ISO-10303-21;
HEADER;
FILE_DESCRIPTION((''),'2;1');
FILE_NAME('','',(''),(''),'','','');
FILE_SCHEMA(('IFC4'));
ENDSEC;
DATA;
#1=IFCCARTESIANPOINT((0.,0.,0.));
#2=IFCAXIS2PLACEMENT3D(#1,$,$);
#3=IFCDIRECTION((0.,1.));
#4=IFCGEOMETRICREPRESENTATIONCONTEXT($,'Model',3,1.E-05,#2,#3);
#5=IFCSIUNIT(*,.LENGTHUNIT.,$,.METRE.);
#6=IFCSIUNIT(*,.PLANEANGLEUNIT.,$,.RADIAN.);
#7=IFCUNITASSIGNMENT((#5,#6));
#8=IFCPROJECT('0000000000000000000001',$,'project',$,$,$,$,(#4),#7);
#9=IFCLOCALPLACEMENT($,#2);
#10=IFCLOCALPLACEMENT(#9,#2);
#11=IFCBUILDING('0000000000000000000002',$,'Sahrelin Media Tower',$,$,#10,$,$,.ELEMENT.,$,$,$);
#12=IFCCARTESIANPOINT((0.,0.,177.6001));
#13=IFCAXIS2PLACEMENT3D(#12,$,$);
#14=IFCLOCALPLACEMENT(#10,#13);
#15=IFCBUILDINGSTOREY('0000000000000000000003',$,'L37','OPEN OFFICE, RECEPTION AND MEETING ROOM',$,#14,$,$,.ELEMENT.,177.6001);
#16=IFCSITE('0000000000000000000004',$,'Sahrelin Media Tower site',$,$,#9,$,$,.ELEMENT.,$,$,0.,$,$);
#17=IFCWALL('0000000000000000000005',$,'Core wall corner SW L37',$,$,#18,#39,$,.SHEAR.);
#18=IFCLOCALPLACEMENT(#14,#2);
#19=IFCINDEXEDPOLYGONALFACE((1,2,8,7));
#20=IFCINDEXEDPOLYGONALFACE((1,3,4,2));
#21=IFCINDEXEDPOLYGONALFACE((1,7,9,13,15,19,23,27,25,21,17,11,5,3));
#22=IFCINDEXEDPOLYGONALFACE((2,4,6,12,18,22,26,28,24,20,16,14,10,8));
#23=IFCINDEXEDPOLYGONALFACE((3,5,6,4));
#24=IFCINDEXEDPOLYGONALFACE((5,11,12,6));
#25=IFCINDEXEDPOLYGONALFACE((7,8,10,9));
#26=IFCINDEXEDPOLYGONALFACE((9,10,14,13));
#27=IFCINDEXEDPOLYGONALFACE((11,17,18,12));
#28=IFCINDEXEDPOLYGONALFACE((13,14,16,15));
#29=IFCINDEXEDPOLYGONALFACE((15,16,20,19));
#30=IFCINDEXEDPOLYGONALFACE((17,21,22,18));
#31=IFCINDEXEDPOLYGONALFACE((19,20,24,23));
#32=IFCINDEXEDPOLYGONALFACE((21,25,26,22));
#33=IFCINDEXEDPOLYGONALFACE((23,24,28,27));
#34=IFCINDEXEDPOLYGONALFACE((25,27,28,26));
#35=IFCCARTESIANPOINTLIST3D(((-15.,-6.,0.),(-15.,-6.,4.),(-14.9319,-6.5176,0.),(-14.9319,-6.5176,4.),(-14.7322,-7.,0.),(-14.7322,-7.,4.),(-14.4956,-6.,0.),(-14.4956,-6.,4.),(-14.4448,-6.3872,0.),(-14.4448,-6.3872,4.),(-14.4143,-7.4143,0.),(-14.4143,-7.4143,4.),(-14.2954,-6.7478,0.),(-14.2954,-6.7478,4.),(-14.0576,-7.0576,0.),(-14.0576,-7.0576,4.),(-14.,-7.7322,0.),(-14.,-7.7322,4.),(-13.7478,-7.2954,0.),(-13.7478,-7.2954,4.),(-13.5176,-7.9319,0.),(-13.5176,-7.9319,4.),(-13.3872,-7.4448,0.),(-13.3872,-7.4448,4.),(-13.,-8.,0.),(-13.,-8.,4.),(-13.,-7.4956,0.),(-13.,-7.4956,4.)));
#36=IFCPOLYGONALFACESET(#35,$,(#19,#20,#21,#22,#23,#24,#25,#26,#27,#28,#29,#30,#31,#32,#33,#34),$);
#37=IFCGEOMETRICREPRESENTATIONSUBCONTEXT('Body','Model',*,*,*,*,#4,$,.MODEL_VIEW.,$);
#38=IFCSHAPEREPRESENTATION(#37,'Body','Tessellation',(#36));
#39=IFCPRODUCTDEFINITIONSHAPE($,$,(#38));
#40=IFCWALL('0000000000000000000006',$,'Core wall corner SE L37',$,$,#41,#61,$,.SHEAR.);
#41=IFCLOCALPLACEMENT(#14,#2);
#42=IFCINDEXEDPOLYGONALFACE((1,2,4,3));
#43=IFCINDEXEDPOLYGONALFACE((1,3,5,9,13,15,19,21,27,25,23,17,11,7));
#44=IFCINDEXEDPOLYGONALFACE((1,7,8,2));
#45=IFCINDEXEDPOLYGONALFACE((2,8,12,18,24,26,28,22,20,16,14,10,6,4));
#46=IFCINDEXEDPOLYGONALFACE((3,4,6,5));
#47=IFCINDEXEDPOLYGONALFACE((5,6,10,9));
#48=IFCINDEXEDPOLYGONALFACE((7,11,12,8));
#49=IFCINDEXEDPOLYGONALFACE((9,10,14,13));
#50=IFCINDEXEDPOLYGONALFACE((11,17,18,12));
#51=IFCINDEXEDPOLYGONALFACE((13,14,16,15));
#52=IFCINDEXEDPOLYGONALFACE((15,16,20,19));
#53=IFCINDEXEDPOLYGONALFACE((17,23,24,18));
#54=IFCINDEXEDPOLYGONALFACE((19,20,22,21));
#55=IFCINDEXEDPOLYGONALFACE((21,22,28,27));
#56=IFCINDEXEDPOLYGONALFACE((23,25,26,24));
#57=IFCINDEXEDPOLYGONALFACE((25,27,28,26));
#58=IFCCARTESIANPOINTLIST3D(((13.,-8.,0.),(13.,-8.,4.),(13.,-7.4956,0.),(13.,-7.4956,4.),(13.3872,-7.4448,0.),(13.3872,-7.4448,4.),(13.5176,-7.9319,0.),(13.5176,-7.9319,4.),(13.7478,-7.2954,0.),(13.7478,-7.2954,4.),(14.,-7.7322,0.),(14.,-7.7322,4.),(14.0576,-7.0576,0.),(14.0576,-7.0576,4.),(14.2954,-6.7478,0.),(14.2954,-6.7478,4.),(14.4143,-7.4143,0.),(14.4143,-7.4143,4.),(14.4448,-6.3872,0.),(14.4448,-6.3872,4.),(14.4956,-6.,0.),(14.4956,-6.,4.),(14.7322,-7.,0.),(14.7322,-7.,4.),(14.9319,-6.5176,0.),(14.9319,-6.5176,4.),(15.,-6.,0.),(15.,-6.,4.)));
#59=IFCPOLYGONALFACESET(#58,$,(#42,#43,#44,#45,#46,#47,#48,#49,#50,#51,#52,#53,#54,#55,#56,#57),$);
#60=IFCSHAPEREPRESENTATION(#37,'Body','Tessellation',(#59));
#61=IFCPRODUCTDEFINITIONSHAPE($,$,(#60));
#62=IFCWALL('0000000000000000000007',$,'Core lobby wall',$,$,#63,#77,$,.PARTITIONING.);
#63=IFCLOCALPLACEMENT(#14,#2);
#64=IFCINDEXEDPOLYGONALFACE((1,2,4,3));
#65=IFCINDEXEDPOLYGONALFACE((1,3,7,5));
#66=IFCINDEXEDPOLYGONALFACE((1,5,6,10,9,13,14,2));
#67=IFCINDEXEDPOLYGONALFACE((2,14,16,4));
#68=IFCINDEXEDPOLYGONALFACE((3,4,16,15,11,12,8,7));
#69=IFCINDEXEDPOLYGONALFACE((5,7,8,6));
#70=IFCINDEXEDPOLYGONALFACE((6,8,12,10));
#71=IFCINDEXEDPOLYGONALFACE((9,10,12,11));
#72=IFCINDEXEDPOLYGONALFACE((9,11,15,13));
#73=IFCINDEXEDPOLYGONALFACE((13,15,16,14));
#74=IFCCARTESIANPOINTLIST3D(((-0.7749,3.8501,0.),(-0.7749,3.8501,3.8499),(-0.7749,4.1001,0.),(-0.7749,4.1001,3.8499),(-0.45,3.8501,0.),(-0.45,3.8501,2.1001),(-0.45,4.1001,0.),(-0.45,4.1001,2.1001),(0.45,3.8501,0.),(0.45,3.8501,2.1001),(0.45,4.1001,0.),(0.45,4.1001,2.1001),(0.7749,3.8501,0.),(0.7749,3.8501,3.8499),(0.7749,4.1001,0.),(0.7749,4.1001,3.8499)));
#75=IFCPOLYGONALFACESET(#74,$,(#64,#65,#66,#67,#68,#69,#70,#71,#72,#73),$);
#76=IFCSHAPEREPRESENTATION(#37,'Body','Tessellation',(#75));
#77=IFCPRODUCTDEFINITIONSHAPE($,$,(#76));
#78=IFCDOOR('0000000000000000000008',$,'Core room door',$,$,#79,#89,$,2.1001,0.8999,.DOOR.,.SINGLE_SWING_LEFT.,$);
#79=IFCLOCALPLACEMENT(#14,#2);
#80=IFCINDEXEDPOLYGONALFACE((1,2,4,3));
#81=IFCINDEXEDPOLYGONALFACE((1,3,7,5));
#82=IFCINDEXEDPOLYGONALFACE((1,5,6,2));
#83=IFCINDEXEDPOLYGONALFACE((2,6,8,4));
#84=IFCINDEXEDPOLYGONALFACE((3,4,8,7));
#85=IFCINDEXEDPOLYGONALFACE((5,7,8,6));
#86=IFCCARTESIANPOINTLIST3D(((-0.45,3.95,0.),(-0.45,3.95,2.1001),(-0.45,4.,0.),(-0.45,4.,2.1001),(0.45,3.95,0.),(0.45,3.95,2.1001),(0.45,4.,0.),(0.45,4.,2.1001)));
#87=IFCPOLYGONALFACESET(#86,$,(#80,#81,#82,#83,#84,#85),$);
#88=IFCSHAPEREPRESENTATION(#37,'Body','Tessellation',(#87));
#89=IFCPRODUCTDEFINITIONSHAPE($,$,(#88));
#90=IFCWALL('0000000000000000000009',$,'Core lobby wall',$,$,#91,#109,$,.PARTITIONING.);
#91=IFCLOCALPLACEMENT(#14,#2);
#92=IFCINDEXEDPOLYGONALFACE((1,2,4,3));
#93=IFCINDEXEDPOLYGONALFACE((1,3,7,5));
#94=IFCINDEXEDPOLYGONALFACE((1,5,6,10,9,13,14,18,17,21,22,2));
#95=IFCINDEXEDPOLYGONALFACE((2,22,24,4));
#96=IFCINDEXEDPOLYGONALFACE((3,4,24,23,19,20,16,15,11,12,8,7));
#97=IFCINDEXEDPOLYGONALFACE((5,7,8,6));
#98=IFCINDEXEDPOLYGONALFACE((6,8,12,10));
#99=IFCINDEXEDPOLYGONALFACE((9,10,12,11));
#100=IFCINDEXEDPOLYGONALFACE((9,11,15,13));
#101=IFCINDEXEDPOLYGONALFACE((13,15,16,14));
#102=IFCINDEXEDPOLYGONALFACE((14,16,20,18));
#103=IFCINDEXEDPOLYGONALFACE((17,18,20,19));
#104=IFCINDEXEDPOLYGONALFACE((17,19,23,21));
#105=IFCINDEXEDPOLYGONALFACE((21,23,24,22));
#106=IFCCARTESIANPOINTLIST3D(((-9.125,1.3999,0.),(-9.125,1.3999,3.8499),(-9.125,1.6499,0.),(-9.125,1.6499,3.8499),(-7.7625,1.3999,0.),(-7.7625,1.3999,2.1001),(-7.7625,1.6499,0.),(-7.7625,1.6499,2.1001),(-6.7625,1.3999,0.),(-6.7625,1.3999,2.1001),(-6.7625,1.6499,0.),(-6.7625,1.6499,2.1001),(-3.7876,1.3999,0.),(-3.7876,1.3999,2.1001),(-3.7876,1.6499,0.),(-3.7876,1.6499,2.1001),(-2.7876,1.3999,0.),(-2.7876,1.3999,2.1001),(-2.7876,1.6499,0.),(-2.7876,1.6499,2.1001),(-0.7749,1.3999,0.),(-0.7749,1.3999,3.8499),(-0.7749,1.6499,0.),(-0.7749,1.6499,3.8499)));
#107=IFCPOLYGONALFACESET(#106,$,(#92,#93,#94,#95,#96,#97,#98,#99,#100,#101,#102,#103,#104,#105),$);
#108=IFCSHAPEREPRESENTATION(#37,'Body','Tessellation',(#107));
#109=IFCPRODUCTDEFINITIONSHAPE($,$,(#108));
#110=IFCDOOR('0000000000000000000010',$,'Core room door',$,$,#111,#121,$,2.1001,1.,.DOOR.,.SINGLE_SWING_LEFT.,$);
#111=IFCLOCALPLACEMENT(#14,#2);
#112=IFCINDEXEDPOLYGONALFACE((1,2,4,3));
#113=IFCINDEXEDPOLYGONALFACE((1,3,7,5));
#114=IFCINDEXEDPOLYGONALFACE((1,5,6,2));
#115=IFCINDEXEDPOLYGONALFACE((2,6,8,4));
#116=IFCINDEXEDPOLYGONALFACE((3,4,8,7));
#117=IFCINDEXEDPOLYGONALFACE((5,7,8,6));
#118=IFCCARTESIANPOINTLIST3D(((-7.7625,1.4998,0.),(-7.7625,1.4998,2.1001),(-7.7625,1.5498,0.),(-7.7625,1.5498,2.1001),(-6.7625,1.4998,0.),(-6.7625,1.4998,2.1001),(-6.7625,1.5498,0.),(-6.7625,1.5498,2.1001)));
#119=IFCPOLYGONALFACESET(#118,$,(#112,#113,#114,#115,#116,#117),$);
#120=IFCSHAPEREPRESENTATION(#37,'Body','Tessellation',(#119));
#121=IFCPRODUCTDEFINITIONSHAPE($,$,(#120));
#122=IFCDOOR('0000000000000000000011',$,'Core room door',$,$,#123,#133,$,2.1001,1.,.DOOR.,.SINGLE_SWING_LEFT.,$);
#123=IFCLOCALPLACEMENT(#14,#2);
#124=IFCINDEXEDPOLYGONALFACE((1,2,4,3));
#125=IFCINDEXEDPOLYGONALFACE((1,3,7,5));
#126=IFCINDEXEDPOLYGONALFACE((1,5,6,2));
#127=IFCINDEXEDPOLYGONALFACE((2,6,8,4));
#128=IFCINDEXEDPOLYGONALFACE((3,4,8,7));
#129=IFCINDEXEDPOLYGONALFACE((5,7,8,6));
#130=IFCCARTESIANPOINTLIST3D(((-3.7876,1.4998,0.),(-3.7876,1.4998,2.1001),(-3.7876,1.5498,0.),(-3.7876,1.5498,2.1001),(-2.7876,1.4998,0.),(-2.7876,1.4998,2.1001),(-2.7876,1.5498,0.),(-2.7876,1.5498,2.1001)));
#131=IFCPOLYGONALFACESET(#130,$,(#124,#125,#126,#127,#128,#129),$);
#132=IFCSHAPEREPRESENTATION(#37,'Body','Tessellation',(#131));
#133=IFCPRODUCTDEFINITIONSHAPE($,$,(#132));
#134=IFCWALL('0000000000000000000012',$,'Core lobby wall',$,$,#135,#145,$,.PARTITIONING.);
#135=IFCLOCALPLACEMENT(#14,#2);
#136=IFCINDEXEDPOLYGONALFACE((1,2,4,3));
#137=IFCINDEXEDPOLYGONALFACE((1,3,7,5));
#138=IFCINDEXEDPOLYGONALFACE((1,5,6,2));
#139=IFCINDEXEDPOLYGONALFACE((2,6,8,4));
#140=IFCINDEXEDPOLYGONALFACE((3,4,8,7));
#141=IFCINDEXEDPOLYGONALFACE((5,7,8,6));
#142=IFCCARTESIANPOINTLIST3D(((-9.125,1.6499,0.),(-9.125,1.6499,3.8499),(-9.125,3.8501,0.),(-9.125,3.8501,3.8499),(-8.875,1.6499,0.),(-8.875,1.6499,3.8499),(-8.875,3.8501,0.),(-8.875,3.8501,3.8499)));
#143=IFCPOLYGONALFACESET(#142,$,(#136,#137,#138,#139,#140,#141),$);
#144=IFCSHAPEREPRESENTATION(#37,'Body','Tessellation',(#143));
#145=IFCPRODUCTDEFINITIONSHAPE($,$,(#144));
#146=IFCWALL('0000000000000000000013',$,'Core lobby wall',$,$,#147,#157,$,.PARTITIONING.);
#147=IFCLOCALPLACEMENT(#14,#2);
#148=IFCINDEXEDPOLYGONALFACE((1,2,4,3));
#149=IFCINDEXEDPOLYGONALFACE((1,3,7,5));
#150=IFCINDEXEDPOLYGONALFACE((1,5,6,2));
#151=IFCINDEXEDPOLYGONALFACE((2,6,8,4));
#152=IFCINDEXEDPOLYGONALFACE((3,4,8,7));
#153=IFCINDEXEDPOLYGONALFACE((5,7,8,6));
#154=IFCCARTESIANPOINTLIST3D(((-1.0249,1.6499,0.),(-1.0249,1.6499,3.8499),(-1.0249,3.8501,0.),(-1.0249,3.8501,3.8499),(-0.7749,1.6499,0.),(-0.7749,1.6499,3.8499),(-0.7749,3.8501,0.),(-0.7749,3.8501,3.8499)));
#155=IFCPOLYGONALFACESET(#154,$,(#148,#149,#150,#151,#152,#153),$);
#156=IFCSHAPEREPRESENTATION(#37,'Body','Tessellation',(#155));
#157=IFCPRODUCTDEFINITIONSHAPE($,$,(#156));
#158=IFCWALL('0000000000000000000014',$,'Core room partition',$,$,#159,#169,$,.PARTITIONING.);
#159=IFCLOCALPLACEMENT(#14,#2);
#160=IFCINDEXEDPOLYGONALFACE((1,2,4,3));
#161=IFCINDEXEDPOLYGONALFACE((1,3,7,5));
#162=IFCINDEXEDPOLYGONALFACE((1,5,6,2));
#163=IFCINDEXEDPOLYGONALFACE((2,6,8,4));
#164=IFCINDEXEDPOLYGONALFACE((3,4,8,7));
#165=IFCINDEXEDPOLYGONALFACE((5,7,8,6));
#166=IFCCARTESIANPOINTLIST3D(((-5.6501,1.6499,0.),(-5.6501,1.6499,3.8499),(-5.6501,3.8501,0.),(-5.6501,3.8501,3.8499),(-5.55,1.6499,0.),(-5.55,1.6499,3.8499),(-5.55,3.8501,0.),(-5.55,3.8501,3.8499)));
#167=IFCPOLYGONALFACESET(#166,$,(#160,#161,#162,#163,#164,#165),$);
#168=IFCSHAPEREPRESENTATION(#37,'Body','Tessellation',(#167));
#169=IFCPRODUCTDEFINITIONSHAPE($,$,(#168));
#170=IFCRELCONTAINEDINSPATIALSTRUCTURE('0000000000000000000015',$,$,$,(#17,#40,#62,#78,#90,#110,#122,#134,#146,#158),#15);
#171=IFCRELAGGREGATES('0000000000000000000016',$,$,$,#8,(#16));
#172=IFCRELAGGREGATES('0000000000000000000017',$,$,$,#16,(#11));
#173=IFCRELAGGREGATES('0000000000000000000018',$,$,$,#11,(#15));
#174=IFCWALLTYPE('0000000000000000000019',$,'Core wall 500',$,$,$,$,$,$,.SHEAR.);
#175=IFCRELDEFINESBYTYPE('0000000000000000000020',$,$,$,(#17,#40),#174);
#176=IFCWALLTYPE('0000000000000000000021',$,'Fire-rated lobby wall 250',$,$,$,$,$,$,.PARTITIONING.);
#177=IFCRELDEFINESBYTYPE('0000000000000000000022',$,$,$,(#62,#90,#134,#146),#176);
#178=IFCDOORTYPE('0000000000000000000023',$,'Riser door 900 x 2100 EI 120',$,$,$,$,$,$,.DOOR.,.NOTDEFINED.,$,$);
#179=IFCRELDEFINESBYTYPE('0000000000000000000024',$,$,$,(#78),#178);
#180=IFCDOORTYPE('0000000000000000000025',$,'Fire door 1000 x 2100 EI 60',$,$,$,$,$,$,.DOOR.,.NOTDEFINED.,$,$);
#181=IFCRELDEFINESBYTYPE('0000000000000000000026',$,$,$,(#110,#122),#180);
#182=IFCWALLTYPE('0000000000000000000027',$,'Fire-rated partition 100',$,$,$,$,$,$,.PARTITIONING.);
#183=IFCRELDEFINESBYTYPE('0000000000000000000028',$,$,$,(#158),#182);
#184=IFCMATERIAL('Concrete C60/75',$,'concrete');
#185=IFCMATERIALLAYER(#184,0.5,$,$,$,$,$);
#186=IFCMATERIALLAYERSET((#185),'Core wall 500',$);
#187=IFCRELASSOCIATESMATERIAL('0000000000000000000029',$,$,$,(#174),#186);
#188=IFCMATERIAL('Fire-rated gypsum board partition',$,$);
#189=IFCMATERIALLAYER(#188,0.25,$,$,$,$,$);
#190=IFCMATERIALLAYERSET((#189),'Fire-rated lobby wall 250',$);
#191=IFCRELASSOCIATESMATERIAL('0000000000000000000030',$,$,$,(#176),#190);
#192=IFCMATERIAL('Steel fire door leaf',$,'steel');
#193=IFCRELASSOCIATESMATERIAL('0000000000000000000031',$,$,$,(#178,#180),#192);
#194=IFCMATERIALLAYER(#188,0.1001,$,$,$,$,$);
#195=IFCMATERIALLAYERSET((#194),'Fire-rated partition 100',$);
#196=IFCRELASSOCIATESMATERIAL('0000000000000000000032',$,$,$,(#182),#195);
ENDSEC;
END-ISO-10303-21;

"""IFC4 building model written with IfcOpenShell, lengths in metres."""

from ifc_helpers import new_model, si_unit, direction, frame, frame_2d, origin, place, context, subcontext, project, spatial, polyline, rectangle, outline, extrude, material, layer, layer_set, type_object, element, fill, save


model = new_model("IFC4")

# Units and contexts
model_context = context("Model", 3, precision=1e-05, world=origin(), true_north=direction((0.0, 1.0)))
body_context = subcontext(model_context, "Body", "Model", "MODEL_VIEW")
ifc_project = project(units=[si_unit("LENGTHUNIT", "METRE"), si_unit("PLANEANGLEUNIT", "RADIAN")], contexts=[model_context])

# Site, building, storey
site_placement = place(None, origin())
site = spatial("IfcSite", under=ifc_project, at=site_placement, Name="Sahrelin Media Tower site", CompositionType="ELEMENT", RefElevation=0.0)
building_placement = place(site_placement, origin())
building = spatial("IfcBuilding", under=site, at=building_placement, Name="Sahrelin Media Tower", CompositionType="ELEMENT")
storey_placement = place(building_placement, frame((0.0, 0.0, 177.6001)))
storey = spatial("IfcBuildingStorey", under=building, at=storey_placement, Name="L37", Description="OPEN OFFICE, RECEPTION AND MEETING ROOM", CompositionType="ELEMENT", Elevation=177.6001)

# Walls
ifc_material_1 = material(Name="Concrete C60/75", Category="concrete")
ifc_layer_1 = layer(ifc_material_1, 0.5)
ifc_layer_set_1 = layer_set([ifc_layer_1], Name="Core wall 500")
wall_type_1 = type_object("IfcWallType", Name="Core wall 500", PredefinedType="SHEAR", material=ifc_layer_set_1)
placement = place(storey_placement, origin())
element("IfcWall", 1, at=placement, inside=storey, type_object=wall_type_1, Name="Core wall corner SW L37", PredefinedType="SHEAR", context=body_context, shape_type="SweptSolid", body=[
    extrude(outline(polyline([(-13.0, -8.0), (-13.0, -7.4956), (-13.3872, -7.4448), (-13.7478, -7.2954), (-14.0576, -7.0576), (-14.2954, -6.7478), (-14.4448, -6.3872), (-14.4956, -6.0), (-15.0, -6.0), (-14.9319, -6.5176), (-14.7322, -7.0), (-14.4143, -7.4143), (-14.0, -7.7322), (-13.5176, -7.9319), (-13.0, -8.0)])), origin(), (0.0, 0.0, 1.0), 4.0),
])
element("IfcWall", 2, at=placement, inside=storey, type_object=wall_type_1, Name="Core wall corner SE L37", PredefinedType="SHEAR", context=body_context, shape_type="SweptSolid", body=[
    extrude(outline(polyline([(15.0, -6.0), (14.4956, -6.0), (14.4448, -6.3872), (14.2954, -6.7478), (14.0576, -7.0576), (13.7478, -7.2954), (13.3872, -7.4448), (13.0, -7.4956), (13.0, -8.0), (13.5176, -7.9319), (14.0, -7.7322), (14.4143, -7.4143), (14.7322, -7.0), (14.9319, -6.5176), (15.0, -6.0)])), origin(), (0.0, 0.0, 1.0), 4.0),
])

# Wall, opening, door
ifc_material_2 = material(Name="Fire-rated gypsum board partition")
ifc_layer_2 = layer(ifc_material_2, 0.25)
ifc_layer_set_2 = layer_set([ifc_layer_2], Name="Fire-rated lobby wall 250")
wall_type_2 = type_object("IfcWallType", Name="Fire-rated lobby wall 250", PredefinedType="PARTITIONING", material=ifc_layer_set_2)
wall_1_placement = place(storey_placement, frame((-0.7749, 3.9751, 0.0), z_axis=(0.0, 0.0, 1.0), x_axis=(1.0, 0.0, 0.0)))
wall_1 = element("IfcWall", 3, at=wall_1_placement, inside=storey, type_object=wall_type_2, Name="Core lobby wall", PredefinedType="PARTITIONING", context=body_context, shape_type="SweptSolid", body=[
    extrude(rectangle(XDim=1.5498, YDim=0.25, at=frame_2d((0.7749, 0.0))), origin(), (0.0, 0.0, 1.0), 3.8499),
])
opening_1_placement = place(wall_1_placement, frame((0.325, 0.0, 0.0)))
opening_1 = element("IfcOpeningElement", 4, at=opening_1_placement, cuts=wall_1, PredefinedType="OPENING", context=body_context, shape_type="SweptSolid", body=[
    extrude(rectangle(XDim=0.8999, YDim=2.1001, at=frame_2d((0.45, 1.05))), frame((0.0, 0.125, 0.0), z_axis=(0.0, -1.0, 0.0), x_axis=(1.0, 0.0, 0.0)), (0.0, 0.0, 1.0), 0.25),
])
ifc_material_3 = material(Name="Steel fire door leaf", Category="steel")
door_type_1 = type_object("IfcDoorType", Name="Riser door 900 x 2100 EI 120", OperationType="NOTDEFINED", PredefinedType="DOOR", material=ifc_material_3)
door_1_placement = place(opening_1_placement, origin())
door_1 = element("IfcDoor", 5, at=door_1_placement, inside=storey, type_object=door_type_1, Name="Core room door", OperationType="SINGLE_SWING_LEFT", OverallHeight=2.1001, OverallWidth=0.8999, PredefinedType="DOOR", context=body_context, shape_type="SweptSolid", body=[
    extrude(rectangle(XDim=0.8999, YDim=2.1001, at=frame_2d((0.45, 1.05))), frame((0.0, 0.0249, 0.0), z_axis=(0.0, -1.0, 0.0), x_axis=(1.0, 0.0, 0.0)), (0.0, 0.0, 1.0), 0.05),
])
fill(opening_1, door_1)

# Wall, openings, doors
wall_2_placement = place(storey_placement, frame((-9.125, 1.5249, 0.0), z_axis=(0.0, 0.0, 1.0), x_axis=(1.0, 0.0, 0.0)))
wall_2 = element("IfcWall", 6, at=wall_2_placement, inside=storey, type_object=wall_type_2, Name="Core lobby wall", PredefinedType="PARTITIONING", context=body_context, shape_type="SweptSolid", body=[
    extrude(rectangle(XDim=8.3501, YDim=0.25, at=frame_2d((4.175, 0.0))), origin(), (0.0, 0.0, 1.0), 3.8499),
])
opening_2_placement = place(wall_2_placement, frame((1.3625, 0.0, 0.0)))
opening_2 = element("IfcOpeningElement", 7, at=opening_2_placement, cuts=wall_2, PredefinedType="OPENING", context=body_context, shape_type="SweptSolid", body=[
    extrude(rectangle(XDim=1.0, YDim=2.1001, at=frame_2d((0.5, 1.05))), frame((0.0, 0.125, 0.0), z_axis=(0.0, -1.0, 0.0), x_axis=(1.0, 0.0, 0.0)), (0.0, 0.0, 1.0), 0.25),
])
opening_3_placement = place(wall_2_placement, frame((5.3374, 0.0, 0.0)))
opening_3 = element("IfcOpeningElement", 8, at=opening_3_placement, cuts=wall_2, PredefinedType="OPENING", context=body_context, shape_type="SweptSolid", body=[
    extrude(rectangle(XDim=1.0, YDim=2.1001, at=frame_2d((0.5, 1.05))), frame((0.0, 0.125, 0.0), z_axis=(0.0, -1.0, 0.0), x_axis=(1.0, 0.0, 0.0)), (0.0, 0.0, 1.0), 0.25),
])
door_type_2 = type_object("IfcDoorType", Name="Fire door 1000 x 2100 EI 60", OperationType="NOTDEFINED", PredefinedType="DOOR", material=ifc_material_3)
door_2_placement = place(opening_2_placement, origin())
door_2 = element("IfcDoor", 9, at=door_2_placement, inside=storey, type_object=door_type_2, Name="Core room door", OperationType="SINGLE_SWING_LEFT", OverallHeight=2.1001, OverallWidth=1.0, PredefinedType="DOOR", context=body_context, shape_type="SweptSolid", body=[
    extrude(rectangle(XDim=1.0, YDim=2.1001, at=frame_2d((0.5, 1.05))), frame((0.0, 0.0249, 0.0), z_axis=(0.0, -1.0, 0.0), x_axis=(1.0, 0.0, 0.0)), (0.0, 0.0, 1.0), 0.05),
])
fill(opening_2, door_2)
door_3_placement = place(opening_3_placement, origin())
door_3 = element("IfcDoor", 10, at=door_3_placement, inside=storey, type_object=door_type_2, Name="Core room door", OperationType="SINGLE_SWING_LEFT", OverallHeight=2.1001, OverallWidth=1.0, PredefinedType="DOOR", context=body_context, shape_type="SweptSolid", body=[
    extrude(rectangle(XDim=1.0, YDim=2.1001, at=frame_2d((0.5, 1.05))), frame((0.0, 0.0249, 0.0), z_axis=(0.0, -1.0, 0.0), x_axis=(1.0, 0.0, 0.0)), (0.0, 0.0, 1.0), 0.05),
])
fill(opening_3, door_3)

# Walls
for number, where, z_axis, x_axis, name in (
    (11, (-9.0, 1.6499, 0.0), (0.0, 0.0, 1.0), (0.0, 1.0, 0.0), "Core lobby wall"),
    (12, (-0.8999, 1.6499, 0.0), (0.0, 0.0, 1.0), (0.0, 1.0, 0.0), "Core lobby wall"),
):
    element("IfcWall", number, at=place(storey_placement, frame(where, z_axis=z_axis, x_axis=x_axis)), inside=storey, type_object=wall_type_2, Name=name, PredefinedType="PARTITIONING", context=body_context, shape_type="SweptSolid", body=[
        extrude(rectangle(XDim=2.2002, YDim=0.25, at=frame_2d((1.1001, 0.0))), origin(), (0.0, 0.0, 1.0), 3.8499),
    ])
ifc_layer_3 = layer(ifc_material_2, 0.1001)
ifc_layer_set_3 = layer_set([ifc_layer_3], Name="Fire-rated partition 100")
wall_type_3 = type_object("IfcWallType", Name="Fire-rated partition 100", PredefinedType="PARTITIONING", material=ifc_layer_set_3)
wall_3_placement = place(storey_placement, frame((-5.6001, 1.6499, 0.0), z_axis=(0.0, 0.0, 1.0), x_axis=(0.0, 1.0, 0.0)))
element("IfcWall", 13, at=wall_3_placement, inside=storey, type_object=wall_type_3, Name="Core room partition", PredefinedType="PARTITIONING", context=body_context, shape_type="SweptSolid", body=[
    extrude(rectangle(XDim=2.2002, YDim=0.1001, at=frame_2d((1.1001, 0.0))), origin(), (0.0, 0.0, 1.0), 3.8499),
])

save(model, "model.ifc")
